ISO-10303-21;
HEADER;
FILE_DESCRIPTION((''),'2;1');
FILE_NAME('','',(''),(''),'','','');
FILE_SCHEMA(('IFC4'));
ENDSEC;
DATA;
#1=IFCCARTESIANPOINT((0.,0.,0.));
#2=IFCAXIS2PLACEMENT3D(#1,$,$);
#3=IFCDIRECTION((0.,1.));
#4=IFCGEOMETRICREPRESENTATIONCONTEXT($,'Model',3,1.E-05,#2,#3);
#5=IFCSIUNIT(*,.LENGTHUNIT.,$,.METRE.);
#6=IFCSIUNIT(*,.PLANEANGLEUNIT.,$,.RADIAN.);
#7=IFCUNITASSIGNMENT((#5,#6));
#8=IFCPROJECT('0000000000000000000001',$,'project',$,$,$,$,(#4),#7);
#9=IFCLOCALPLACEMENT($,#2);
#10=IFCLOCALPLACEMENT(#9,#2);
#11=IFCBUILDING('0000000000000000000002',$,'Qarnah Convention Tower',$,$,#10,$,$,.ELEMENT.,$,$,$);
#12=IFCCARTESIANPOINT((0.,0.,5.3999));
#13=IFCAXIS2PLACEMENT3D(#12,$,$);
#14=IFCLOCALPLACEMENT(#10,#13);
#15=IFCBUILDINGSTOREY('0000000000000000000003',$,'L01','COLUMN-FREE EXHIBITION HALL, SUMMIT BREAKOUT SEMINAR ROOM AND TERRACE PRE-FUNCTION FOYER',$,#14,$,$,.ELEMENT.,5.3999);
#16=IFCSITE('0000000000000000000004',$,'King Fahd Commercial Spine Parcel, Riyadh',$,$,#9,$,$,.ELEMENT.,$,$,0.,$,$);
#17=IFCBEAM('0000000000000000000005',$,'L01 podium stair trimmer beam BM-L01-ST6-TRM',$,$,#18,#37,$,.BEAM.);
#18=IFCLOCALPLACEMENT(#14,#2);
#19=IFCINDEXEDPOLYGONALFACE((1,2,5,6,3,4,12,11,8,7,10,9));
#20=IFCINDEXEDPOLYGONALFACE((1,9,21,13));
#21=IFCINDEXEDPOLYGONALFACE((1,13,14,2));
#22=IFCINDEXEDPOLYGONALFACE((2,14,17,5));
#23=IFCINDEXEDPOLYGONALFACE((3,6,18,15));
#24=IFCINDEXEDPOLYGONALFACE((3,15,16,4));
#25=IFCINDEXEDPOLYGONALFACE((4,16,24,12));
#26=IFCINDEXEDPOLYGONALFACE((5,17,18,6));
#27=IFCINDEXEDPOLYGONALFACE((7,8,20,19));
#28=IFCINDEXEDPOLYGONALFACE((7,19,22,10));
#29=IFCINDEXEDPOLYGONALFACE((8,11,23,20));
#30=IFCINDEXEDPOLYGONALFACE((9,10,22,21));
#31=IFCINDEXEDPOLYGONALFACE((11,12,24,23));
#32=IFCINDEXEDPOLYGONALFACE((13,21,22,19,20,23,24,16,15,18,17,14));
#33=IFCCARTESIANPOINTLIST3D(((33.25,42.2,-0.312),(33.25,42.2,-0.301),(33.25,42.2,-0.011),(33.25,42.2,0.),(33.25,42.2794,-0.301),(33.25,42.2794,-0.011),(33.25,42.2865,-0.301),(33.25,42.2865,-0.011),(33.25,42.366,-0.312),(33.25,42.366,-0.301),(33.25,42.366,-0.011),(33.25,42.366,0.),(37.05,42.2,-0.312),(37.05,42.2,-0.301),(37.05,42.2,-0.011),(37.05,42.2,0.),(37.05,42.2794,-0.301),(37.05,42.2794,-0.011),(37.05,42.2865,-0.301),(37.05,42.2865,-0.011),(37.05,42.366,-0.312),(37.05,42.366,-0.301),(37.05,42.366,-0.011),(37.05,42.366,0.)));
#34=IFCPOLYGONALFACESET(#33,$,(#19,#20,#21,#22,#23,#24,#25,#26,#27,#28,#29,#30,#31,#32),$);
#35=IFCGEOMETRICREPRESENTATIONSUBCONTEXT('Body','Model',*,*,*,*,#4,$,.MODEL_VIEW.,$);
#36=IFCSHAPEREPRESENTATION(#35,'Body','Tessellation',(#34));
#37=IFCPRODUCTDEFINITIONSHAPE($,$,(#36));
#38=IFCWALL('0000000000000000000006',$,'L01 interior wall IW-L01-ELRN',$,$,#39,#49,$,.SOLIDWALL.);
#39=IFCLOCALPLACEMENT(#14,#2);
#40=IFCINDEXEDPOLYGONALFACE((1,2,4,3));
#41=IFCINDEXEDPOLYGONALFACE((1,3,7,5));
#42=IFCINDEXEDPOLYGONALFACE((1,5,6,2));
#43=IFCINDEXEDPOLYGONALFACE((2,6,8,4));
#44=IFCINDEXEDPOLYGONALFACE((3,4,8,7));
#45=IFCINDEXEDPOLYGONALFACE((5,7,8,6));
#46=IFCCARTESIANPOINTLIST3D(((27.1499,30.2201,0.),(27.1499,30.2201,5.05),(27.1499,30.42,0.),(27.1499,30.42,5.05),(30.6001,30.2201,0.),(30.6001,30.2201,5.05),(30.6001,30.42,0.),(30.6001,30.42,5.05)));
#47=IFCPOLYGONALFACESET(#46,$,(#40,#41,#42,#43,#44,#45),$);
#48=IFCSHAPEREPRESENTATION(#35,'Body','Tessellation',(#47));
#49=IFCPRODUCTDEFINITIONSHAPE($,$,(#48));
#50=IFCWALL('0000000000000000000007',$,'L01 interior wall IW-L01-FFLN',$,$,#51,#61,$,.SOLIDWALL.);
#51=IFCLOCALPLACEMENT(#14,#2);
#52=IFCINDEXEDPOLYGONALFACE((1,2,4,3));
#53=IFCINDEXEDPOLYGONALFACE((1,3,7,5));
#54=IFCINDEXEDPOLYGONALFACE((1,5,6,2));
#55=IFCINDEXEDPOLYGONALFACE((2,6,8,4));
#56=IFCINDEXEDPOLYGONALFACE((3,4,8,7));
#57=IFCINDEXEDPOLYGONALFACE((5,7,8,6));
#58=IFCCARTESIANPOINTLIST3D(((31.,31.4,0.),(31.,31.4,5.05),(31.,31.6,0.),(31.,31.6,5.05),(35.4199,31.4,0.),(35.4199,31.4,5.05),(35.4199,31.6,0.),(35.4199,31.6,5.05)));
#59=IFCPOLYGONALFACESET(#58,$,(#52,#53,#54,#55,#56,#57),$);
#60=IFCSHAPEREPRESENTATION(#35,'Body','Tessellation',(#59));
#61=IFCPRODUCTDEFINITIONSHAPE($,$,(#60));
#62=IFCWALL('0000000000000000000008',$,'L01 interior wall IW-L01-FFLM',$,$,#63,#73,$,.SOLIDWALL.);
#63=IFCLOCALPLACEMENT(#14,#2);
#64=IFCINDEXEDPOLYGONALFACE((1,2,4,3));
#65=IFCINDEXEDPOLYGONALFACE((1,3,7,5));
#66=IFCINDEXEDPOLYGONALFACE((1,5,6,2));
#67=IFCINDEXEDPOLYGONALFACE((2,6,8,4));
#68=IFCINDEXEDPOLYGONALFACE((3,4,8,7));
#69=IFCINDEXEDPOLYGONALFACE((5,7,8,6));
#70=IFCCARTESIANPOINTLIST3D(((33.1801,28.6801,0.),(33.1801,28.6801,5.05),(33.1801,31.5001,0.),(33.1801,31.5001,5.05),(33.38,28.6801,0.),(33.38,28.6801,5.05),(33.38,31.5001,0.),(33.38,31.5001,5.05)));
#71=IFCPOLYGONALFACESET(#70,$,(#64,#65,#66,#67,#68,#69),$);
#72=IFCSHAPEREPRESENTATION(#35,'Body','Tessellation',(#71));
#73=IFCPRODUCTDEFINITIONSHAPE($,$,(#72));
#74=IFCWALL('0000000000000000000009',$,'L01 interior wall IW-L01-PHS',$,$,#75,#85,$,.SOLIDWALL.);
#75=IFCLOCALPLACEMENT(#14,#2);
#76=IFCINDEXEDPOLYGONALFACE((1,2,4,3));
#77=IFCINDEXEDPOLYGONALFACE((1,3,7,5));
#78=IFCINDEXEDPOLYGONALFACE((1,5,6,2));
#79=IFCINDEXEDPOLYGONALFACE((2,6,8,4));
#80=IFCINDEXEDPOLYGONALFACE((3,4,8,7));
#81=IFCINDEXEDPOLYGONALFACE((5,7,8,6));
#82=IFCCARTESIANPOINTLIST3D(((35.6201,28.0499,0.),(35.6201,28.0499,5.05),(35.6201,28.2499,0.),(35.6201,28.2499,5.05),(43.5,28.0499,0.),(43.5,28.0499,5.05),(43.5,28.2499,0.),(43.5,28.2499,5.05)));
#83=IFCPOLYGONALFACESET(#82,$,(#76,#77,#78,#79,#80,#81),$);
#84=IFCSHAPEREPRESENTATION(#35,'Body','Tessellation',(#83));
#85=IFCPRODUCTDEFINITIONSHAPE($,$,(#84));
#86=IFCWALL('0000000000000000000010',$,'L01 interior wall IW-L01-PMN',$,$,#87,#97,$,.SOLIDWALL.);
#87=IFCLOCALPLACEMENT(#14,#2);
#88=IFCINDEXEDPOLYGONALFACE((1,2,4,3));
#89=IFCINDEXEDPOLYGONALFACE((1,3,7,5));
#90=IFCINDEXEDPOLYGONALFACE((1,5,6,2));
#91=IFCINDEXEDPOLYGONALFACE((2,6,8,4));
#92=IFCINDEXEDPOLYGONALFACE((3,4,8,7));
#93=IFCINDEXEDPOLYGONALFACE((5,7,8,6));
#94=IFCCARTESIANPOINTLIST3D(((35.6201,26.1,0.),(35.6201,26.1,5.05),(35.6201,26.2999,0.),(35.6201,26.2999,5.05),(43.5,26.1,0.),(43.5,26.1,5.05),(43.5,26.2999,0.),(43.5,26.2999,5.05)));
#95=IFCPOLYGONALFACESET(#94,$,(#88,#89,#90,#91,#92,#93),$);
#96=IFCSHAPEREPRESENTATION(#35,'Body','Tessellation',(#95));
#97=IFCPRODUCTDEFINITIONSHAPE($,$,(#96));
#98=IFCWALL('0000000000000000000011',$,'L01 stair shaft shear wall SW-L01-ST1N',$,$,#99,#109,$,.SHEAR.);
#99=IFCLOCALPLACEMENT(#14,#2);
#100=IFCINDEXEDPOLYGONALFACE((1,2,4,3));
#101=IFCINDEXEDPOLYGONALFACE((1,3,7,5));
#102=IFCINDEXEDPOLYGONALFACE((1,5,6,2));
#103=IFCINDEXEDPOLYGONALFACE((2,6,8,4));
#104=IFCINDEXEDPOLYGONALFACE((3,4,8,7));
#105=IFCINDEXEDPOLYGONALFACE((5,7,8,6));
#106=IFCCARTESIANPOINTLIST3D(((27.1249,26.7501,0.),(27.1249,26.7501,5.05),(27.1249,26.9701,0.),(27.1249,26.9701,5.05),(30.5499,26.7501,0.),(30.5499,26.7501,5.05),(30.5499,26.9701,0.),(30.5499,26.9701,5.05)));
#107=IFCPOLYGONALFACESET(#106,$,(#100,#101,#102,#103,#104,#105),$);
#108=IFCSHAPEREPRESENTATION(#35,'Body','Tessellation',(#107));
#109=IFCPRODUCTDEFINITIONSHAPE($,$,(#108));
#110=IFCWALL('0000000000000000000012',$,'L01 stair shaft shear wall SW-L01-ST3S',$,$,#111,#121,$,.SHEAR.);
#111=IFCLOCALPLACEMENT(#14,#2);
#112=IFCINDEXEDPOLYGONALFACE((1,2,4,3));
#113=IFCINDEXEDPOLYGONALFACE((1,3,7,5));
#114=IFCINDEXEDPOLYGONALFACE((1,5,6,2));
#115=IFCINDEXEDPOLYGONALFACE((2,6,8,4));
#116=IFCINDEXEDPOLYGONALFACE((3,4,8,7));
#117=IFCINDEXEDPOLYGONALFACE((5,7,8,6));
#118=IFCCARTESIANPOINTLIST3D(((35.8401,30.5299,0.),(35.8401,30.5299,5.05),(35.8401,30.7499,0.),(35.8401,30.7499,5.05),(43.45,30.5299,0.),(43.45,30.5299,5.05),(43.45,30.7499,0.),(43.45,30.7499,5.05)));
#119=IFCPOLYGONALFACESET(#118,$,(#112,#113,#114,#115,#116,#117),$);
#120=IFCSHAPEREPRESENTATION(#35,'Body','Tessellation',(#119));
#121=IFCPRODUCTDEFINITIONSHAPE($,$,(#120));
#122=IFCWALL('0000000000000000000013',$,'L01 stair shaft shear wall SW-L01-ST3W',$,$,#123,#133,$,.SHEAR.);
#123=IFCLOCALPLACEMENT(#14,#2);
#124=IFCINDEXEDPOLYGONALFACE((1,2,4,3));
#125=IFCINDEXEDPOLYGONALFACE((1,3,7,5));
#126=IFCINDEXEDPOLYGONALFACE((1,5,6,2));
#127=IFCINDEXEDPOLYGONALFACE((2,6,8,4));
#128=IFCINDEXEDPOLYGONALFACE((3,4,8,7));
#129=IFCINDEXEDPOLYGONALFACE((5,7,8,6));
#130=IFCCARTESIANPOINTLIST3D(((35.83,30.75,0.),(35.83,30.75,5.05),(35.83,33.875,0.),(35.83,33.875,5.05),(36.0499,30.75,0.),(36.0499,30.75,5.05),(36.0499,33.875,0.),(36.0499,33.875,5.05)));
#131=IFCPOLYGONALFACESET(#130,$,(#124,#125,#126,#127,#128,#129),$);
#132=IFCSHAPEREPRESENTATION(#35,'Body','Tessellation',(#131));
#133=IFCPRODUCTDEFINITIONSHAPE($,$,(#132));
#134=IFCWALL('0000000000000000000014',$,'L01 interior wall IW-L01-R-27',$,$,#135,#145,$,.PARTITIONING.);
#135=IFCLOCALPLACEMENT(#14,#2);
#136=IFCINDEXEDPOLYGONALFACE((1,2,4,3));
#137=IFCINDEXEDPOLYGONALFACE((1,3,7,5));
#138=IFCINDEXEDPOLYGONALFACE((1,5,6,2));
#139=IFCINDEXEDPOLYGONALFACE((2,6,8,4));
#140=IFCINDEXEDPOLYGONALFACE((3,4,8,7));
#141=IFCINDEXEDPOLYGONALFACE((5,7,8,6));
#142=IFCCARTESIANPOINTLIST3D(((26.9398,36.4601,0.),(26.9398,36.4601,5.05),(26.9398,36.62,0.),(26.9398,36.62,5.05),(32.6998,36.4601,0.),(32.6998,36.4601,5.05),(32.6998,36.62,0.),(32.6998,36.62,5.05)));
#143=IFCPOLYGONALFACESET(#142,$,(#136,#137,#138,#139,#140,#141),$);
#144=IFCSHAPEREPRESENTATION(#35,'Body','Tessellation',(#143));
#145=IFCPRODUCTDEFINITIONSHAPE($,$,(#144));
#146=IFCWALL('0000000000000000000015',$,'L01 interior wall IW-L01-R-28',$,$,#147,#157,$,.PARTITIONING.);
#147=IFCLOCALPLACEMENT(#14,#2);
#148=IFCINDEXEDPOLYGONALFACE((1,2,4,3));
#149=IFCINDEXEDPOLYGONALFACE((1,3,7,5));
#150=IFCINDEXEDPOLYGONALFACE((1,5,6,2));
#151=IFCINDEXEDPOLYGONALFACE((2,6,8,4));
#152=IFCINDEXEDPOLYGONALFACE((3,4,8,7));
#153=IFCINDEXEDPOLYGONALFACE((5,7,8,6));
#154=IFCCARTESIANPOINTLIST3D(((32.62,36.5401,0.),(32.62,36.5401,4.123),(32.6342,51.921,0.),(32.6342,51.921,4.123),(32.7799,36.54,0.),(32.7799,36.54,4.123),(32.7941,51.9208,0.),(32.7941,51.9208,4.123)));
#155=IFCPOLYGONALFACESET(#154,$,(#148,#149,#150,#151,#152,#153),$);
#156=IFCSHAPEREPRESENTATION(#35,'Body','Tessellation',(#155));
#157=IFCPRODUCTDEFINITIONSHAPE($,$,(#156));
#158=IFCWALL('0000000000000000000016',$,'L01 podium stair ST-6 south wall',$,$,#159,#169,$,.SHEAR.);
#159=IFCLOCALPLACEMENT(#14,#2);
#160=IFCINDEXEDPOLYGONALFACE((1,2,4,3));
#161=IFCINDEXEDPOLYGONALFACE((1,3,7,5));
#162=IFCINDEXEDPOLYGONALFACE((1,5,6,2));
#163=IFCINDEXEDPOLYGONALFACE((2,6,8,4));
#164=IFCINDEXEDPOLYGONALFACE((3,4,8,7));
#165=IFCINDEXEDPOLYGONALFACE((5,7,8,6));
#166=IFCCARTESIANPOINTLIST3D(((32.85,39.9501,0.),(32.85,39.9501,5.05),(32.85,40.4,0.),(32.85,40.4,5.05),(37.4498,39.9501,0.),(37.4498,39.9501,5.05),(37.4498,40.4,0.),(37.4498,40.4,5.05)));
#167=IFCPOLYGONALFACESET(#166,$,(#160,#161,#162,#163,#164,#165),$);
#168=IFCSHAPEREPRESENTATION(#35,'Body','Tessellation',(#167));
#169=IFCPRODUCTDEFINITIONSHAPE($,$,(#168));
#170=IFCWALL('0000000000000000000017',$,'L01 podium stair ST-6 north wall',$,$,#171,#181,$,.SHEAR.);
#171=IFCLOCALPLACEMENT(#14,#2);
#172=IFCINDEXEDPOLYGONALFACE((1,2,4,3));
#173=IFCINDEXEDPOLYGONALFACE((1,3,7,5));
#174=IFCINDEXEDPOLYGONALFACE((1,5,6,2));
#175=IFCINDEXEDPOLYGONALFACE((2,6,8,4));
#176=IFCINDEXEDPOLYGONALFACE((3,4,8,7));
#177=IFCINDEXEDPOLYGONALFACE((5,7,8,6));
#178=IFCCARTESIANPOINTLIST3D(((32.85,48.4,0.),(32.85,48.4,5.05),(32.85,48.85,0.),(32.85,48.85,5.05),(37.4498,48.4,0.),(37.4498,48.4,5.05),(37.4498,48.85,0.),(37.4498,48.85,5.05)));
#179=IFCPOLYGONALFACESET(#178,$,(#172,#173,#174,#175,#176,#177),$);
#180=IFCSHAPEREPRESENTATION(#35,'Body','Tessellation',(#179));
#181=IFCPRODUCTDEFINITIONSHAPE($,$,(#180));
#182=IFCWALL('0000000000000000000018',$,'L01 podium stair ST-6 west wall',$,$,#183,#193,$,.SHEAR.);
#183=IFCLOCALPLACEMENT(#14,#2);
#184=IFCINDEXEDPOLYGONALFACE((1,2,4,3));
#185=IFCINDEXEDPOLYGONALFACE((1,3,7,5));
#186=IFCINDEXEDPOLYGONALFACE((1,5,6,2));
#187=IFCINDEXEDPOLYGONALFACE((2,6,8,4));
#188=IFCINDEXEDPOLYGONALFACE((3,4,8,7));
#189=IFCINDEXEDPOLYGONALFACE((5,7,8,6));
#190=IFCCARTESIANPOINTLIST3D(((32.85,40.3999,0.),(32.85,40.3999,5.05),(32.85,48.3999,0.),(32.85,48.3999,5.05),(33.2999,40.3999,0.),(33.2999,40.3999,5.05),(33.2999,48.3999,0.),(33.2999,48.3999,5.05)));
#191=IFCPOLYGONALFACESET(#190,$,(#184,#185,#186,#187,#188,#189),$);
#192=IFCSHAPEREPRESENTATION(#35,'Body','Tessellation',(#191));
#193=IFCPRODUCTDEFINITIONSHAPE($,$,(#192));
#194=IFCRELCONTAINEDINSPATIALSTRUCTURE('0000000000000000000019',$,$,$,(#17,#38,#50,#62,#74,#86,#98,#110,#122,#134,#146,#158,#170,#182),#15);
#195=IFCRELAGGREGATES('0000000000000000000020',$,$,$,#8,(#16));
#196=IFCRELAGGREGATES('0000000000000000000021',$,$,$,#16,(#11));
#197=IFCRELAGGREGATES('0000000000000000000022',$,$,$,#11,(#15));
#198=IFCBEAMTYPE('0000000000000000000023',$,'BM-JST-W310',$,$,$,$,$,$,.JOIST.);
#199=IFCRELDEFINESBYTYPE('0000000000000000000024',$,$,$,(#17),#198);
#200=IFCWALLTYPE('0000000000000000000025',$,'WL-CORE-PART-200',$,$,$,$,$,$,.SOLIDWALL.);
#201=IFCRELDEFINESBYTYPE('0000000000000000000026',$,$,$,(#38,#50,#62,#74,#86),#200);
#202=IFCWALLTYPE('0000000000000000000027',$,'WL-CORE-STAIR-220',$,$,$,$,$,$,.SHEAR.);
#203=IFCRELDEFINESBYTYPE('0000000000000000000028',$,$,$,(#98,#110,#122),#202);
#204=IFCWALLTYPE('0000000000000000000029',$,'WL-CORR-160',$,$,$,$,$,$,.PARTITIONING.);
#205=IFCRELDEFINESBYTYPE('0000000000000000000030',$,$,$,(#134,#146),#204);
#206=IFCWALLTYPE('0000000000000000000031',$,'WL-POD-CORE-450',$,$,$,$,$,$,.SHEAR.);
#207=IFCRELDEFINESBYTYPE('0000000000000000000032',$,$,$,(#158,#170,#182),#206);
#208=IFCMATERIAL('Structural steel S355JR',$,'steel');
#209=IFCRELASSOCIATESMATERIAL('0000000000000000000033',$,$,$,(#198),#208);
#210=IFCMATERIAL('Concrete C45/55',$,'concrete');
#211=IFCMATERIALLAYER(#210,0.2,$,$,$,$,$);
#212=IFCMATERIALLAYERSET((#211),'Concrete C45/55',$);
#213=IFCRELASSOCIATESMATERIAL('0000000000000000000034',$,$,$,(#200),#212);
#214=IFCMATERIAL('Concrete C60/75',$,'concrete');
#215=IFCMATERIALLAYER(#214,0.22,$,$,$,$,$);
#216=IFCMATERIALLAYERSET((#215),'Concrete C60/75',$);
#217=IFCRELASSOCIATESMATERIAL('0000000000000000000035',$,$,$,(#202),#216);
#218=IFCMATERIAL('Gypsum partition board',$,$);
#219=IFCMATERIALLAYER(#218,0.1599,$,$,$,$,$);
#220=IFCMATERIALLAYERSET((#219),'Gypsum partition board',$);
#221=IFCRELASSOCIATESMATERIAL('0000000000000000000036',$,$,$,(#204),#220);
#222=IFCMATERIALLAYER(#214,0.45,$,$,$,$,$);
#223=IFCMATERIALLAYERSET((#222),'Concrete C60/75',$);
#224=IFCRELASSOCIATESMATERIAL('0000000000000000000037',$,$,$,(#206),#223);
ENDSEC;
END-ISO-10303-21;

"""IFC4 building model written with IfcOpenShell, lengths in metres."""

from ifc_helpers import new_model, si_unit, direction, frame, frame_2d, origin, origin_2d, place, context, subcontext, project, spatial, rectangle, i_section, extrude, material, layer, layer_set, material_profile, profile_set, type_object, element, save


model = new_model("IFC4")

# Units and contexts
model_context = context("Model", 3, precision=1e-05, world=origin(), true_north=direction((0.0, 1.0)))
body_context = subcontext(model_context, "Body", "Model", "MODEL_VIEW")
ifc_project = project(units=[si_unit("LENGTHUNIT", "METRE"), si_unit("PLANEANGLEUNIT", "RADIAN")], contexts=[model_context])

# Site, building, storey
site_placement = place(None, origin())
site = spatial("IfcSite", under=ifc_project, at=site_placement, Name="King Fahd Commercial Spine Parcel, Riyadh", CompositionType="ELEMENT", RefElevation=0.0)
building_placement = place(site_placement, origin())
building = spatial("IfcBuilding", under=site, at=building_placement, Name="Qarnah Convention Tower", CompositionType="ELEMENT")
storey_placement = place(building_placement, frame((0.0, 0.0, 5.3999)))
storey = spatial("IfcBuildingStorey", under=building, at=storey_placement, Name="L01", Description="COLUMN-FREE EXHIBITION HALL, SUMMIT BREAKOUT SEMINAR ROOM AND TERRACE PRE-FUNCTION FOYER", CompositionType="ELEMENT", Elevation=5.3999)

# Beam
ifc_material_1 = material(Name="Structural steel S355JR", Category="steel")
ifc_material_profile = material_profile(ifc_material_1, i_section(OverallWidth=0.166, OverallDepth=0.312, WebThickness=0.0071, FlangeThickness=0.011, at=origin_2d()), Name="W310X45")
ifc_profile_set = profile_set([ifc_material_profile], Name="Structural steel S355JR")
beam_type = type_object("IfcBeamType", Name="BM-JST-W310", PredefinedType="JOIST", material=ifc_profile_set)
beam_placement = place(storey_placement, frame((33.25, 42.283, -0.156), z_axis=(1.0, 0.0, 0.0), x_axis=(0.0, 1.0, 0.0)))
element("IfcBeam", 1, at=beam_placement, inside=storey, type_object=beam_type, Name="L01 podium stair trimmer beam BM-L01-ST6-TRM", PredefinedType="BEAM", context=body_context, shape_type="SweptSolid", body=[
    extrude(i_section(OverallWidth=0.166, OverallDepth=0.312, WebThickness=0.0071, FlangeThickness=0.011, at=origin_2d()), origin(), (0.0, 0.0, 1.0), 3.8),
])

# Wall
ifc_material_2 = material(Name="Concrete C45/55", Category="concrete")
ifc_layer_1 = layer(ifc_material_2, 0.2)
ifc_layer_set_1 = layer_set([ifc_layer_1], Name="Concrete C45/55")
wall_type_1 = type_object("IfcWallType", Name="WL-CORE-PART-200", PredefinedType="SOLIDWALL", material=ifc_layer_set_1)
wall_1_placement = place(storey_placement, frame((27.1499, 30.3201, 0.0), z_axis=(0.0, 0.0, 1.0), x_axis=(1.0, 0.0, 0.0)))
element("IfcWall", 2, at=wall_1_placement, inside=storey, type_object=wall_type_1, Name="L01 interior wall IW-L01-ELRN", PredefinedType="SOLIDWALL", context=body_context, shape_type="SweptSolid", body=[
    extrude(rectangle(XDim=3.4502, YDim=0.2, at=frame_2d((1.7251, 0.0))), origin(), (0.0, 0.0, 1.0), 5.05),
])

# Walls
wall_2_placement = place(storey_placement, frame((31.0, 31.5, 0.0), z_axis=(0.0, 0.0, 1.0), x_axis=(1.0, 0.0, 0.0)))
element("IfcWall", 3, at=wall_2_placement, inside=storey, type_object=wall_type_1, Name="L01 interior wall IW-L01-FFLN", PredefinedType="SOLIDWALL", context=body_context, shape_type="SweptSolid", body=[
    extrude(rectangle(XDim=4.4199, YDim=0.2, at=frame_2d((2.21, 0.0))), origin(), (0.0, 0.0, 1.0), 5.05),
])
wall_3_placement = place(storey_placement, frame((33.28, 28.6799, 0.0), z_axis=(0.0, 0.0, 1.0), x_axis=(0.0, 1.0, 0.0)))
element("IfcWall", 4, at=wall_3_placement, inside=storey, type_object=wall_type_1, Name="L01 interior wall IW-L01-FFLM", PredefinedType="SOLIDWALL", context=body_context, shape_type="SweptSolid", body=[
    extrude(rectangle(XDim=2.8201, YDim=0.2, at=frame_2d((1.4102, 0.0))), origin(), (0.0, 0.0, 1.0), 5.05),
])
for number, where, z_axis, x_axis, name in (
    (5, (35.6201, 28.1499, 0.0), (0.0, 0.0, 1.0), (1.0, 0.0, 0.0), "L01 interior wall IW-L01-PHS"),
    (6, (35.6201, 26.2, 0.0), (0.0, 0.0, 1.0), (1.0, 0.0, 0.0), "L01 interior wall IW-L01-PMN"),
):
    element("IfcWall", number, at=place(storey_placement, frame(where, z_axis=z_axis, x_axis=x_axis)), inside=storey, type_object=wall_type_1, Name=name, PredefinedType="SOLIDWALL", context=body_context, shape_type="SweptSolid", body=[
        extrude(rectangle(XDim=7.8799, YDim=0.2, at=frame_2d((3.9399, 0.0))), origin(), (0.0, 0.0, 1.0), 5.05),
    ])
ifc_material_3 = material(Name="Concrete C60/75", Category="concrete")
ifc_layer_2 = layer(ifc_material_3, 0.22)
ifc_layer_set_2 = layer_set([ifc_layer_2], Name="Concrete C60/75")
wall_type_2 = type_object("IfcWallType", Name="WL-CORE-STAIR-220", PredefinedType="SHEAR", material=ifc_layer_set_2)
wall_4_placement = place(storey_placement, frame((27.125, 26.8601, 0.0), z_axis=(0.0, 0.0, 1.0), x_axis=(1.0, 0.0, 0.0)))
element("IfcWall", 7, at=wall_4_placement, inside=storey, type_object=wall_type_2, Name="L01 stair shaft shear wall SW-L01-ST1N", PredefinedType="SHEAR", context=body_context, shape_type="SweptSolid", body=[
    extrude(rectangle(XDim=3.425, YDim=0.22, at=frame_2d((1.7124, 0.0))), origin(), (0.0, 0.0, 1.0), 5.05),
])
wall_5_placement = place(storey_placement, frame((35.8401, 30.6399, 0.0), z_axis=(0.0, 0.0, 1.0), x_axis=(1.0, 0.0, 0.0)))
element("IfcWall", 8, at=wall_5_placement, inside=storey, type_object=wall_type_2, Name="L01 stair shaft shear wall SW-L01-ST3S", PredefinedType="SHEAR", context=body_context, shape_type="SweptSolid", body=[
    extrude(rectangle(XDim=7.6099, YDim=0.22, at=frame_2d((3.8049, 0.0))), origin(), (0.0, 0.0, 1.0), 5.05),
])
wall_6_placement = place(storey_placement, frame((35.9399, 30.75, 0.0), z_axis=(0.0, 0.0, 1.0), x_axis=(0.0, 1.0, 0.0)))
element("IfcWall", 9, at=wall_6_placement, inside=storey, type_object=wall_type_2, Name="L01 stair shaft shear wall SW-L01-ST3W", PredefinedType="SHEAR", context=body_context, shape_type="SweptSolid", body=[
    extrude(rectangle(XDim=3.125, YDim=0.22, at=frame_2d((1.5625, 0.0))), origin(), (0.0, 0.0, 1.0), 5.05),
])
ifc_material_4 = material(Name="Gypsum partition board")
ifc_layer_3 = layer(ifc_material_4, 0.1599)
ifc_layer_set_3 = layer_set([ifc_layer_3], Name="Gypsum partition board")
wall_type_3 = type_object("IfcWallType", Name="WL-CORR-160", PredefinedType="PARTITIONING", material=ifc_layer_set_3)
wall_7_placement = place(storey_placement, frame((26.9399, 36.54, 0.0), z_axis=(0.0, 0.0, 1.0), x_axis=(1.0, 0.0, 0.0)))
element("IfcWall", 10, at=wall_7_placement, inside=storey, type_object=wall_type_3, Name="L01 interior wall IW-L01-R-27", PredefinedType="PARTITIONING", context=body_context, shape_type="SweptSolid", body=[
    extrude(rectangle(XDim=5.76, YDim=0.1599, at=frame_2d((2.8799, 0.0))), origin(), (0.0, 0.0, 1.0), 5.05),
])
wall_8_placement = place(storey_placement, frame((32.7, 36.54, 0.0), z_axis=(0.0, 0.0, 1.0), x_axis=(0.000921, 1.0, 0.0)))
element("IfcWall", 11, at=wall_8_placement, inside=storey, type_object=wall_type_3, Name="L01 interior wall IW-L01-R-28", PredefinedType="PARTITIONING", context=body_context, shape_type="SweptSolid", body=[
    extrude(rectangle(XDim=15.3809, YDim=0.1599, at=frame_2d((7.6904, 0.0))), origin(), (0.0, 0.0, 1.0), 4.123),
])
ifc_layer_4 = layer(ifc_material_3, 0.45)
ifc_layer_set_4 = layer_set([ifc_layer_4], Name="Concrete C60/75")
wall_type_4 = type_object("IfcWallType", Name="WL-POD-CORE-450", PredefinedType="SHEAR", material=ifc_layer_set_4)
for number, where, z_axis, x_axis, name in (
    (12, (32.8501, 40.175, 0.0), (0.0, 0.0, 1.0), (1.0, 0.0, 0.0), "L01 podium stair ST-6 south wall"),
    (13, (32.8501, 48.625, 0.0), (0.0, 0.0, 1.0), (1.0, 0.0, 0.0), "L01 podium stair ST-6 north wall"),
):
    element("IfcWall", number, at=place(storey_placement, frame(where, z_axis=z_axis, x_axis=x_axis)), inside=storey, type_object=wall_type_4, Name=name, PredefinedType="SHEAR", context=body_context, shape_type="SweptSolid", body=[
        extrude(rectangle(XDim=4.5999, YDim=0.45, at=frame_2d((2.2998, 0.0))), origin(), (0.0, 0.0, 1.0), 5.05),
    ])
wall_9_placement = place(storey_placement, frame((33.075, 40.3999, 0.0), z_axis=(0.0, 0.0, 1.0), x_axis=(0.0, 1.0, 0.0)))
element("IfcWall", 14, at=wall_9_placement, inside=storey, type_object=wall_type_4, Name="L01 podium stair ST-6 west wall", PredefinedType="SHEAR", context=body_context, shape_type="SweptSolid", body=[
    extrude(rectangle(XDim=8.0, YDim=0.45, at=frame_2d((4.0, 0.0))), origin(), (0.0, 0.0, 1.0), 5.05),
])

save(model, "model.ifc")
